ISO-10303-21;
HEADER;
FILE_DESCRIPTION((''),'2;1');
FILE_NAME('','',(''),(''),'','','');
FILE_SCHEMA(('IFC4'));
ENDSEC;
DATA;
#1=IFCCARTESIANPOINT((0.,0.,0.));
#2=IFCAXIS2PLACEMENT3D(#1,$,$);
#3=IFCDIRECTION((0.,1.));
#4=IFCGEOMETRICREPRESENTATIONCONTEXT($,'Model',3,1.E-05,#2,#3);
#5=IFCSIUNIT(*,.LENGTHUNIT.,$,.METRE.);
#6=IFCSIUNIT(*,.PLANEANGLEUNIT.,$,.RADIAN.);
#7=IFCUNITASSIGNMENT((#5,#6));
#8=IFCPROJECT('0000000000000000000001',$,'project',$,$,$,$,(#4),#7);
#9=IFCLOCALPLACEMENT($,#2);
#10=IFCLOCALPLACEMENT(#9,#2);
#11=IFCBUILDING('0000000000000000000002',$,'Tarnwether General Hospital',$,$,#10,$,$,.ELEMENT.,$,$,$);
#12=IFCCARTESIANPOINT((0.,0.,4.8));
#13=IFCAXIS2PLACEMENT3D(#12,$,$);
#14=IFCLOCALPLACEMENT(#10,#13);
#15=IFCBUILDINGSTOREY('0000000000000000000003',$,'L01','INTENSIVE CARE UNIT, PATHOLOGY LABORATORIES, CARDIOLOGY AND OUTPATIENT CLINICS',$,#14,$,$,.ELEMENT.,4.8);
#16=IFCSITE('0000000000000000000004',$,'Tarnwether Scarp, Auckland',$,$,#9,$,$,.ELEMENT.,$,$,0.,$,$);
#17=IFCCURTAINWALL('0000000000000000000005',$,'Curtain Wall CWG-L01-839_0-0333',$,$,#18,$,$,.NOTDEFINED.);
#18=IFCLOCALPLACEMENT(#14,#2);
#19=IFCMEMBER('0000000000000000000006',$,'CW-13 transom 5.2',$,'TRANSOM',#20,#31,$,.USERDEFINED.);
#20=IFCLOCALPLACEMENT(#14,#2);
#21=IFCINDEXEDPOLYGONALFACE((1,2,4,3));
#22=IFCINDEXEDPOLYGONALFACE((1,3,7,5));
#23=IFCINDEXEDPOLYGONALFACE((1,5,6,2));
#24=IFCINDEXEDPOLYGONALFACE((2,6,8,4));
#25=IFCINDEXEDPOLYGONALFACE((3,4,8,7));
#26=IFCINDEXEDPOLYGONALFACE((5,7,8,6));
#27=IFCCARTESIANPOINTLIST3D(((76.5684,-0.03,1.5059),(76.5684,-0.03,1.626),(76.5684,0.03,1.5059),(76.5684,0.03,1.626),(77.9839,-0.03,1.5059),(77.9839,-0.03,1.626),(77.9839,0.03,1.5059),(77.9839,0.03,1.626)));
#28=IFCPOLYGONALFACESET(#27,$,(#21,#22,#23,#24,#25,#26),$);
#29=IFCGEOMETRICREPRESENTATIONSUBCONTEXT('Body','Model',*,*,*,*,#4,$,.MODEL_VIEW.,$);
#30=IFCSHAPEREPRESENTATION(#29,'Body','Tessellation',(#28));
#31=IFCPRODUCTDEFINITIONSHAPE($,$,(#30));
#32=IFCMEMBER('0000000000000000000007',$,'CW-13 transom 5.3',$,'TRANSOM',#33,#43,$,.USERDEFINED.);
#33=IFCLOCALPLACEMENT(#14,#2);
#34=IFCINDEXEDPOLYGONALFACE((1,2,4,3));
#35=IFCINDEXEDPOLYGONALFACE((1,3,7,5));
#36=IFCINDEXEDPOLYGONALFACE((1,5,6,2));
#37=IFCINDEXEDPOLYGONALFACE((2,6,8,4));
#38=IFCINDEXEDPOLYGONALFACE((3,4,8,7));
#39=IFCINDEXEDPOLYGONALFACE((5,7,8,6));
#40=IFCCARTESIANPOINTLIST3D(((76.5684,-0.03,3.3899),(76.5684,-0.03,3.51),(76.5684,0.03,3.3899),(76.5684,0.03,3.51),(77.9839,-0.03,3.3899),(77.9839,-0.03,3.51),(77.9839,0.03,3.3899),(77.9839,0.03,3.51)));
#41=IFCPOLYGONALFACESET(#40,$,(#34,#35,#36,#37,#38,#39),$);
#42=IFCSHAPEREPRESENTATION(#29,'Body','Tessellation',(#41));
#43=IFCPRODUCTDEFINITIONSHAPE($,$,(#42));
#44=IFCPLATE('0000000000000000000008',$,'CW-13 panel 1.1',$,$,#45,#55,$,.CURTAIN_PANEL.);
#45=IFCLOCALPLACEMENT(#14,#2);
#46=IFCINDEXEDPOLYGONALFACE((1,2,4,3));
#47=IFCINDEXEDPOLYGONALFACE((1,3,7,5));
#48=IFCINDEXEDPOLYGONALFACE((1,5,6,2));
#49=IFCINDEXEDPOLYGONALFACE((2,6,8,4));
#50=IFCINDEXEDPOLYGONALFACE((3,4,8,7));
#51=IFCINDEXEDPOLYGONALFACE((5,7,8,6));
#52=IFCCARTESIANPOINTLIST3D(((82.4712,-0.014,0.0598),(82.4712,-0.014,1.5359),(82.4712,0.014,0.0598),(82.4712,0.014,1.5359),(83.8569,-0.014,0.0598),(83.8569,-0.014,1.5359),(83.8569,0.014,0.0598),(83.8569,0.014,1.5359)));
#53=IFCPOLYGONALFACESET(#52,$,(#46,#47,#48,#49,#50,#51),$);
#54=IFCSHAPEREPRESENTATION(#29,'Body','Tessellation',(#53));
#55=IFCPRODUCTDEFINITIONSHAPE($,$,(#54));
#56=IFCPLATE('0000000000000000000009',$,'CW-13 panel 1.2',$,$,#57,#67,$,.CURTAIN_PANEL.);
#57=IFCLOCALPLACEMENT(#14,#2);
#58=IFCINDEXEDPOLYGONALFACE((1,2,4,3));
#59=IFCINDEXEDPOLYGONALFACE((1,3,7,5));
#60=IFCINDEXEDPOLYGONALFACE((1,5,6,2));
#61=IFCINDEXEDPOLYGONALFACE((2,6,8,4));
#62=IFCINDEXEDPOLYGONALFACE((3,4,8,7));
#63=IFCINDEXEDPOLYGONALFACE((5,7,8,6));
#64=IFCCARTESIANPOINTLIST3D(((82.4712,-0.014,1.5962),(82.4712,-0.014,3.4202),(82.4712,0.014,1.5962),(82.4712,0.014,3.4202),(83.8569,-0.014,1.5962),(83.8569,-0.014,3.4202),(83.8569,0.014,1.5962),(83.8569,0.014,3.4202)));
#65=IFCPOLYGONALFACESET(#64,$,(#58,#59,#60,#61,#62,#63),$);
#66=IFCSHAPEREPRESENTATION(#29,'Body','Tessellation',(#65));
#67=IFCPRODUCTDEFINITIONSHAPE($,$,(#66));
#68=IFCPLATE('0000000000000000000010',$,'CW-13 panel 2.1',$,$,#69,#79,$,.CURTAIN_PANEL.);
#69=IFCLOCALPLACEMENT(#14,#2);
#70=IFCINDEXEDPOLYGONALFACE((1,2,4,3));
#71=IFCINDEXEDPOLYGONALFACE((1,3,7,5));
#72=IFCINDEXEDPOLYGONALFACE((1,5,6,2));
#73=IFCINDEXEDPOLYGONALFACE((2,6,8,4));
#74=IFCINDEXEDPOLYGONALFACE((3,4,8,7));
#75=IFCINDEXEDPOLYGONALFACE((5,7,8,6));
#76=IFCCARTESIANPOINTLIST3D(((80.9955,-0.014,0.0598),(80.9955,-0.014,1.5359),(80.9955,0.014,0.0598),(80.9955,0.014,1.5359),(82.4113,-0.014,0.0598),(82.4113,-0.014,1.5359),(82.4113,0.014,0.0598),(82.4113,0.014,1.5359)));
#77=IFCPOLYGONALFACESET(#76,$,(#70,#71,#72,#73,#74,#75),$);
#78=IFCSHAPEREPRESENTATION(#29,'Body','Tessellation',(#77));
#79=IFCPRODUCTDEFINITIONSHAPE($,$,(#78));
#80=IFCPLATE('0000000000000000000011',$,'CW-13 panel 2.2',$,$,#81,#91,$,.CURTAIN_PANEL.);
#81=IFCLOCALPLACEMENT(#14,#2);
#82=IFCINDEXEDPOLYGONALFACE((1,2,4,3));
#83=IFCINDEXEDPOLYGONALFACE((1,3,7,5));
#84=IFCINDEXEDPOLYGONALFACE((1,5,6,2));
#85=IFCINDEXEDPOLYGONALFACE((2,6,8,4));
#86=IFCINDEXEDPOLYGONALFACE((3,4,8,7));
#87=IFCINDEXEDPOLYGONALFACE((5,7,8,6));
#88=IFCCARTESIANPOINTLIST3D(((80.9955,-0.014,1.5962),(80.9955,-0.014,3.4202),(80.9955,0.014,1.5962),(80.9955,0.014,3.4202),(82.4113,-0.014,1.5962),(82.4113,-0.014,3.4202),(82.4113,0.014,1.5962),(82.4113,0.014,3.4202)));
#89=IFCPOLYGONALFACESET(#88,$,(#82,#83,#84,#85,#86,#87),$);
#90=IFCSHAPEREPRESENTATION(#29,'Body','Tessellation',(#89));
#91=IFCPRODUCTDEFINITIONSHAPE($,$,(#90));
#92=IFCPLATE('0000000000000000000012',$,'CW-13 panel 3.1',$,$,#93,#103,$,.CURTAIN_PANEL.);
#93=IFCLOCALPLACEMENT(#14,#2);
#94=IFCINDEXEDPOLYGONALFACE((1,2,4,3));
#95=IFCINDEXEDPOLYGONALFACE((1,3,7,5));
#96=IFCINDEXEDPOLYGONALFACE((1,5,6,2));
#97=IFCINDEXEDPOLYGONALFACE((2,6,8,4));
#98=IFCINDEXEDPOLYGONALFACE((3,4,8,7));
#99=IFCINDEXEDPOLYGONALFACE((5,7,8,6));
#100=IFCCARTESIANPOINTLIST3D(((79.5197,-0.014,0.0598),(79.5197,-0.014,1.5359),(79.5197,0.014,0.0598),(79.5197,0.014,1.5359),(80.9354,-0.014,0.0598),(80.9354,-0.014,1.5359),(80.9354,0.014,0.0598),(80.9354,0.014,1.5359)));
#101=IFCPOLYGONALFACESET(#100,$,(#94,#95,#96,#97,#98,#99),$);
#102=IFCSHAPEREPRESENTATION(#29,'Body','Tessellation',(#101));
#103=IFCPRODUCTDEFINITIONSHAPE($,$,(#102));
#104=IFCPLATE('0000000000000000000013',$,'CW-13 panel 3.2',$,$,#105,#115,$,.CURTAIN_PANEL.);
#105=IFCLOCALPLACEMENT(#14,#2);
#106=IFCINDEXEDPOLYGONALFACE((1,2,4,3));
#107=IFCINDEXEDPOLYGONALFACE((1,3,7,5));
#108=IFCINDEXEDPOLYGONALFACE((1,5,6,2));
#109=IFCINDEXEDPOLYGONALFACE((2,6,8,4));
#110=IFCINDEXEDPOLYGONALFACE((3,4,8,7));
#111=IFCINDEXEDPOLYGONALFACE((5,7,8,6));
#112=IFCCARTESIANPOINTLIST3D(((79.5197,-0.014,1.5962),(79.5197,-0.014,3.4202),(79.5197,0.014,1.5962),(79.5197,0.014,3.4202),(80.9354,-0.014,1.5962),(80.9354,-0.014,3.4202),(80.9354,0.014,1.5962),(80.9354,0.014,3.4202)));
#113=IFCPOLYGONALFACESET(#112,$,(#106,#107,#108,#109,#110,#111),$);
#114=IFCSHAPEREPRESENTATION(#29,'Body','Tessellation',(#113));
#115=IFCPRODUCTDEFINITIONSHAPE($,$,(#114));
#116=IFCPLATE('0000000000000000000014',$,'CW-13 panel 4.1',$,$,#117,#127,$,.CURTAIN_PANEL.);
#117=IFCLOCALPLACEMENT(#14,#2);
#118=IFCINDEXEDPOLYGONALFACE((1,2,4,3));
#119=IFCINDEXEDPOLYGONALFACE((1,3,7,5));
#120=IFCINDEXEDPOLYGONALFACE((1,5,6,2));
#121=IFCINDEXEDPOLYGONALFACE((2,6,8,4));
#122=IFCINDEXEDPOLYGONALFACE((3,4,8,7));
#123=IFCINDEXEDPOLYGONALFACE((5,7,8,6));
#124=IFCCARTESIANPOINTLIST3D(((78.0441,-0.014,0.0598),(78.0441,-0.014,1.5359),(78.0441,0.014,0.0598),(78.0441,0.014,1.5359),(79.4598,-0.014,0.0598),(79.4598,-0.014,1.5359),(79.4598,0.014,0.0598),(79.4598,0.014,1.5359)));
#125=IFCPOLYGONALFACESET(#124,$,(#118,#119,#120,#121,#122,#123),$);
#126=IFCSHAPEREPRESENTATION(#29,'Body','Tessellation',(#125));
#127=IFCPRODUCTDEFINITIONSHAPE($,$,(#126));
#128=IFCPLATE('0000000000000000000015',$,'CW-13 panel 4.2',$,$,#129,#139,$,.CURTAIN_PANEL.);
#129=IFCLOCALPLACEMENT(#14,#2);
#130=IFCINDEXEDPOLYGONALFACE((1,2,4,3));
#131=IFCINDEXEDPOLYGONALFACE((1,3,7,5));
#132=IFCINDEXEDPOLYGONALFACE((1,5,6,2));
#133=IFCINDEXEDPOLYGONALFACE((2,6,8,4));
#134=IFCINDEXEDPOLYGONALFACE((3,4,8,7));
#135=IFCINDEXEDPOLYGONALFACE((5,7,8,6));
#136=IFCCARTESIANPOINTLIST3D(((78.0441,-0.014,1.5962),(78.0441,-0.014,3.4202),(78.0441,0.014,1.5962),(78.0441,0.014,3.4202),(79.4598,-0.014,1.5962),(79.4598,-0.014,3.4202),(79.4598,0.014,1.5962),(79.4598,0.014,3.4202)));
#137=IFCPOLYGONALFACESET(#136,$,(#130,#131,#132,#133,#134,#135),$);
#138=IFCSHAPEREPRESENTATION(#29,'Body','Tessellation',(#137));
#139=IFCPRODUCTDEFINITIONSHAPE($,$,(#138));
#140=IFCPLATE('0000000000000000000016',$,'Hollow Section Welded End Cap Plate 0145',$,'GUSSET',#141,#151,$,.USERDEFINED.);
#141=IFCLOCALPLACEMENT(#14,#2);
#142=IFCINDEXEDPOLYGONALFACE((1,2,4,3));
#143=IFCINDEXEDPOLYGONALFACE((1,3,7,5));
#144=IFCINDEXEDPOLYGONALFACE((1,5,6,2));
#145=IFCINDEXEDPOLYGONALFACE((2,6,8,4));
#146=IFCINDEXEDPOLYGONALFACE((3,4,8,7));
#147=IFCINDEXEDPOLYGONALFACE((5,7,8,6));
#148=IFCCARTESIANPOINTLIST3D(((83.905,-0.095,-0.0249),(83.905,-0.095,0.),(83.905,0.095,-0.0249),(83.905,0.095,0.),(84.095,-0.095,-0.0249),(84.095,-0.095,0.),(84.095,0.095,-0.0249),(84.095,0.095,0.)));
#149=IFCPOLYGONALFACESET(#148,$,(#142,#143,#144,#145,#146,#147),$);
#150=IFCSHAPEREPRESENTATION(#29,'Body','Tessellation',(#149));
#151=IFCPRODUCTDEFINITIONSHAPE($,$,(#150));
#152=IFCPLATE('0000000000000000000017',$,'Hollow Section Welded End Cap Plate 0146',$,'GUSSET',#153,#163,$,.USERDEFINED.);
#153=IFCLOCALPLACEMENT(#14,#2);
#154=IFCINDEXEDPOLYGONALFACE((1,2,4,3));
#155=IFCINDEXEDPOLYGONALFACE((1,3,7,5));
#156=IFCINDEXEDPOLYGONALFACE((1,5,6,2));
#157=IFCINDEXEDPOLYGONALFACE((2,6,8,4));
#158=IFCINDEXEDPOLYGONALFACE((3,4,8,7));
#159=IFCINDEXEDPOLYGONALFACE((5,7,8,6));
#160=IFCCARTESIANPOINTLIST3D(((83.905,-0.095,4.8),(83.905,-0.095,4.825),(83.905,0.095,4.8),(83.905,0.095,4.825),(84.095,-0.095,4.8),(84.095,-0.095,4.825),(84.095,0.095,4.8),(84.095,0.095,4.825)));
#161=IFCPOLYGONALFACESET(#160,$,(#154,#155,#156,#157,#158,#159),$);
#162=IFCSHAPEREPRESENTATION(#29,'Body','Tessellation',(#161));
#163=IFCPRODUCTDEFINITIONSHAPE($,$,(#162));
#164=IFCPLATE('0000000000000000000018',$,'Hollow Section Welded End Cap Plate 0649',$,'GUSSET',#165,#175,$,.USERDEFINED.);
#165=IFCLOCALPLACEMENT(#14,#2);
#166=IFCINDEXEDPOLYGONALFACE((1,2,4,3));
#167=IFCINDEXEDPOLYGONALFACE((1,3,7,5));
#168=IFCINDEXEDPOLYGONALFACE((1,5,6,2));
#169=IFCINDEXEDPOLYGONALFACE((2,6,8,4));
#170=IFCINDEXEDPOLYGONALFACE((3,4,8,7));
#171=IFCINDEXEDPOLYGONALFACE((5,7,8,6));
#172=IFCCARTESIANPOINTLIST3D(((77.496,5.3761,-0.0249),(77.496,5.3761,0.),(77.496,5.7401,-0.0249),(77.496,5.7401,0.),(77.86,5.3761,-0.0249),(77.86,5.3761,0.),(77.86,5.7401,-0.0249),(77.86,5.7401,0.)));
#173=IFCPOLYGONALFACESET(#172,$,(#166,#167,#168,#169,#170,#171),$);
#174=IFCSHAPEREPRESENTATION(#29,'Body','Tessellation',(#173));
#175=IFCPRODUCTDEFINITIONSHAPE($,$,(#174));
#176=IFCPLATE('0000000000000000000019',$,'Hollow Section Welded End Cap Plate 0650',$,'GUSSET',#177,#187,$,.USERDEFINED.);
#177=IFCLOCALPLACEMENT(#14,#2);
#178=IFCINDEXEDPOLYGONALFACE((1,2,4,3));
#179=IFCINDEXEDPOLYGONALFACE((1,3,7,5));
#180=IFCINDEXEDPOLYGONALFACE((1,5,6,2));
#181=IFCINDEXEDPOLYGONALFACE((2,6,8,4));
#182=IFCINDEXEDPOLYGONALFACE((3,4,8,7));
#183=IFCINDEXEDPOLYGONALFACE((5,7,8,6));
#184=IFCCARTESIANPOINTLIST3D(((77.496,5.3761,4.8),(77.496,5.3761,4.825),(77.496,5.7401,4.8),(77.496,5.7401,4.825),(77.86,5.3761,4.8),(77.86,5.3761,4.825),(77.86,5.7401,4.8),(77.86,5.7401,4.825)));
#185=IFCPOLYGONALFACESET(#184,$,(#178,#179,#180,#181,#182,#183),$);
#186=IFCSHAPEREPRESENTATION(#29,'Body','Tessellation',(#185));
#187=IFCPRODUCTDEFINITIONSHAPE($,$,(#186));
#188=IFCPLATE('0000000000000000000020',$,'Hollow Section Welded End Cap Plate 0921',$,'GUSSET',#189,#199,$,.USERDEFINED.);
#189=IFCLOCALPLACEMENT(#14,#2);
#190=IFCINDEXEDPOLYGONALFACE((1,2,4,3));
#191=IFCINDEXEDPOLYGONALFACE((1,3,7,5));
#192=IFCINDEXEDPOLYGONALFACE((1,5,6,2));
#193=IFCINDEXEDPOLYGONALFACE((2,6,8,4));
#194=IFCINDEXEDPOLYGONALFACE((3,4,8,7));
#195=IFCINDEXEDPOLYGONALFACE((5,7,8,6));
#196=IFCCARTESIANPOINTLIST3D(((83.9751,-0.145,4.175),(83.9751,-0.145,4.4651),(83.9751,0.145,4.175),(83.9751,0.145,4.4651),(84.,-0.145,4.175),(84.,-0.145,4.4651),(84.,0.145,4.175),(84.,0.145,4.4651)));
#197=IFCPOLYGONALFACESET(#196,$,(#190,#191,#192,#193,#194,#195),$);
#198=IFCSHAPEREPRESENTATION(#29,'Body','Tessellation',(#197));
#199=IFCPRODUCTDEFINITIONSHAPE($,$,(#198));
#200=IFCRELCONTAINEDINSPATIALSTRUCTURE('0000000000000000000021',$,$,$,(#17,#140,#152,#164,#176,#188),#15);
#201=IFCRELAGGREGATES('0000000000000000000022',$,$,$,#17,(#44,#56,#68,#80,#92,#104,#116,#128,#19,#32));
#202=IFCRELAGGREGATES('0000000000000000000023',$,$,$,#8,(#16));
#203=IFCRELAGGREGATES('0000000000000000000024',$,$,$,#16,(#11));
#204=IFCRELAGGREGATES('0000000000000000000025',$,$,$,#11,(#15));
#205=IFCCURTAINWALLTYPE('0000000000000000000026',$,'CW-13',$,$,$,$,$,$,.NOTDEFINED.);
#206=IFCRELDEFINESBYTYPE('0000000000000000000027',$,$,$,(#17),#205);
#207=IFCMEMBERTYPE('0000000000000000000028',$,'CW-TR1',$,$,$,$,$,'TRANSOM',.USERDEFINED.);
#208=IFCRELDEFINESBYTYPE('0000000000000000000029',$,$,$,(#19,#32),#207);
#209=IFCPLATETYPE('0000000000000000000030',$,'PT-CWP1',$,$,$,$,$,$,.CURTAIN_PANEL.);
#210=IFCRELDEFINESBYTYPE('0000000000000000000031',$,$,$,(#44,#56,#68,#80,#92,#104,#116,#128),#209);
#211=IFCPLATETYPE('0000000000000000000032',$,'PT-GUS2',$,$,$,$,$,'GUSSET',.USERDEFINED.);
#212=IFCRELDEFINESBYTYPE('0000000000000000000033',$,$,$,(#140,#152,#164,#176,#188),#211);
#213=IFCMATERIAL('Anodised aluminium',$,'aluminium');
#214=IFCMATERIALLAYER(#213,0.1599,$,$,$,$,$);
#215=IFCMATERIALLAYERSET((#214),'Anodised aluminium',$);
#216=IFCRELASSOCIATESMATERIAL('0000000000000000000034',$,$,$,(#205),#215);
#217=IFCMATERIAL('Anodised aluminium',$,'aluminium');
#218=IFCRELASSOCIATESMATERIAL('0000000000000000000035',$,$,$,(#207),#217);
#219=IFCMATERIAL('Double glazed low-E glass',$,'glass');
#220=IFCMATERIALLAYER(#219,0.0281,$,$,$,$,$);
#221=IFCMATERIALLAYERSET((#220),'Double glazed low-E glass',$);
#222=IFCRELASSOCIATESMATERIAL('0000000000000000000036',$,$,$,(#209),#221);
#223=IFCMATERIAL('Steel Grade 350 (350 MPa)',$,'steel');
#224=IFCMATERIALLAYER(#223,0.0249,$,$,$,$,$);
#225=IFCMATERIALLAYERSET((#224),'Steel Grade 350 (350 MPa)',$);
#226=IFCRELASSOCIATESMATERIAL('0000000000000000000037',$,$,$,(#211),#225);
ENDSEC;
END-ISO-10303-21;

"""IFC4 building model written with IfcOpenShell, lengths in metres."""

from ifc_helpers import new_model, si_unit, direction, frame, origin, origin_2d, place, context, subcontext, project, spatial, rectangle, extrude, material, layer, layer_set, material_profile, profile_set, type_object, element, aggregate, save


model = new_model("IFC4")

# Units and contexts
model_context = context("Model", 3, precision=1e-05, world=origin(), true_north=direction((0.0, 1.0)))
body_context = subcontext(model_context, "Body", "Model", "MODEL_VIEW")
ifc_project = project(units=[si_unit("LENGTHUNIT", "METRE"), si_unit("PLANEANGLEUNIT", "RADIAN")], contexts=[model_context])

# Site, building, storey
site_placement = place(None, origin())
site = spatial("IfcSite", under=ifc_project, at=site_placement, Name="Tarnwether Scarp, Auckland", CompositionType="ELEMENT", RefElevation=0.0)
building_placement = place(site_placement, origin())
building = spatial("IfcBuilding", under=site, at=building_placement, Name="Tarnwether General Hospital", CompositionType="ELEMENT")
storey_placement = place(building_placement, frame((0.0, 0.0, 4.8)))
storey = spatial("IfcBuildingStorey", under=building, at=storey_placement, Name="L01", Description="INTENSIVE CARE UNIT, PATHOLOGY LABORATORIES, CARDIOLOGY AND OUTPATIENT CLINICS", CompositionType="ELEMENT", Elevation=4.8)

# Curtain wall, members, plates
ifc_material_1 = material(Name="Anodised aluminium", Category="aluminium")
ifc_layer_1 = layer(ifc_material_1, 0.1599)
ifc_layer_set_1 = layer_set([ifc_layer_1], Name="Anodised aluminium")
curtain_wall_type = type_object("IfcCurtainWallType", Name="CW-13", PredefinedType="NOTDEFINED", material=ifc_layer_set_1)
curtain_wall_placement = place(storey_placement, origin())
curtain_wall = element("IfcCurtainWall", 1, at=curtain_wall_placement, inside=storey, type_object=curtain_wall_type, Name="Curtain Wall CWG-L01-839_0-0333", PredefinedType="NOTDEFINED")
ifc_material_2 = material(Name="Anodised aluminium", Category="aluminium")
ifc_material_profile_1 = material_profile(ifc_material_2, rectangle(XDim=0.0601, YDim=0.1201, at=origin_2d()), Name="ALU-TRN-60x120")
ifc_profile_set_1 = profile_set([ifc_material_profile_1], Name="Anodised aluminium")
member_type_1 = type_object("IfcMemberType", Name="CW-TR1", ElementType="TRANSOM", PredefinedType="USERDEFINED", material=ifc_profile_set_1)
member_1_placement = place(storey_placement, frame((77.9839, 0.0, 1.5659), z_axis=(-1.0, 0.0, 0.0), x_axis=(0.0, -1.0, 0.0)))
member_1 = element("IfcMember", 2, at=member_1_placement, type_object=member_type_1, Name="CW-13 transom 5.2", ObjectType="TRANSOM", PredefinedType="USERDEFINED", context=body_context, shape_type="SweptSolid", body=[
    extrude(rectangle(XDim=0.0601, YDim=0.1201, at=origin_2d()), origin(), (0.0, 0.0, 1.0), 1.4155),
])
member_2_placement = place(storey_placement, frame((77.9839, 0.0, 3.45), z_axis=(-1.0, 0.0, 0.0), x_axis=(0.0, -1.0, 0.0)))
member_2 = element("IfcMember", 3, at=member_2_placement, type_object=member_type_1, Name="CW-13 transom 5.3", ObjectType="TRANSOM", PredefinedType="USERDEFINED", context=body_context, shape_type="SweptSolid", body=[
    extrude(rectangle(XDim=0.0601, YDim=0.1201, at=origin_2d()), origin(), (0.0, 0.0, 1.0), 1.4155),
])
ifc_material_3 = material(Name="Double glazed low-E glass", Category="glass")
ifc_layer_2 = layer(ifc_material_3, 0.0281)
ifc_layer_set_2 = layer_set([ifc_layer_2], Name="Double glazed low-E glass")
plate_type_1 = type_object("IfcPlateType", Name="PT-CWP1", PredefinedType="CURTAIN_PANEL", material=ifc_layer_set_2)
plate_1_placement = place(storey_placement, frame((83.1641, 0.0, 0.0598), z_axis=(0.0, 0.0, 1.0), x_axis=(-1.0, 0.0, 0.0)))
plate_1 = element("IfcPlate", 4, at=plate_1_placement, type_object=plate_type_1, Name="CW-13 panel 1.1", PredefinedType="CURTAIN_PANEL", context=body_context, shape_type="SweptSolid", body=[
    extrude(rectangle(XDim=1.3857, YDim=0.0281, at=origin_2d()), origin(), (0.0, 0.0, 1.0), 1.4761),
])
plate_2_placement = place(storey_placement, frame((83.1641, 0.0, 1.5962), z_axis=(0.0, 0.0, 1.0), x_axis=(-1.0, 0.0, 0.0)))
plate_2 = element("IfcPlate", 5, at=plate_2_placement, type_object=plate_type_1, Name="CW-13 panel 1.2", PredefinedType="CURTAIN_PANEL", context=body_context, shape_type="SweptSolid", body=[
    extrude(rectangle(XDim=1.3857, YDim=0.0281, at=origin_2d()), origin(), (0.0, 0.0, 1.0), 1.824),
])
plate_3_placement = place(storey_placement, frame((81.7034, 0.0, 0.0598), z_axis=(0.0, 0.0, 1.0), x_axis=(-1.0, 0.0, 0.0)))
plate_3 = element("IfcPlate", 6, at=plate_3_placement, type_object=plate_type_1, Name="CW-13 panel 2.1", PredefinedType="CURTAIN_PANEL", context=body_context, shape_type="SweptSolid", body=[
    extrude(rectangle(XDim=1.4158, YDim=0.0281, at=origin_2d()), origin(), (0.0, 0.0, 1.0), 1.4761),
])
plate_4_placement = place(storey_placement, frame((81.7034, 0.0, 1.5962), z_axis=(0.0, 0.0, 1.0), x_axis=(-1.0, 0.0, 0.0)))
plate_4 = element("IfcPlate", 7, at=plate_4_placement, type_object=plate_type_1, Name="CW-13 panel 2.2", PredefinedType="CURTAIN_PANEL", context=body_context, shape_type="SweptSolid", body=[
    extrude(rectangle(XDim=1.4158, YDim=0.0281, at=origin_2d()), origin(), (0.0, 0.0, 1.0), 1.824),
])
plate_5_placement = place(storey_placement, frame((80.2275, 0.0, 0.0598), z_axis=(0.0, 0.0, 1.0), x_axis=(-1.0, 0.0, 0.0)))
plate_5 = element("IfcPlate", 8, at=plate_5_placement, type_object=plate_type_1, Name="CW-13 panel 3.1", PredefinedType="CURTAIN_PANEL", context=body_context, shape_type="SweptSolid", body=[
    extrude(rectangle(XDim=1.4158, YDim=0.0281, at=origin_2d()), origin(), (0.0, 0.0, 1.0), 1.4761),
])
plate_6_placement = place(storey_placement, frame((80.2275, 0.0, 1.5962), z_axis=(0.0, 0.0, 1.0), x_axis=(-1.0, 0.0, 0.0)))
plate_6 = element("IfcPlate", 9, at=plate_6_placement, type_object=plate_type_1, Name="CW-13 panel 3.2", PredefinedType="CURTAIN_PANEL", context=body_context, shape_type="SweptSolid", body=[
    extrude(rectangle(XDim=1.4158, YDim=0.0281, at=origin_2d()), origin(), (0.0, 0.0, 1.0), 1.824),
])
plate_7_placement = place(storey_placement, frame((78.752, 0.0, 0.0598), z_axis=(0.0, 0.0, 1.0), x_axis=(-1.0, 0.0, 0.0)))
plate_7 = element("IfcPlate", 10, at=plate_7_placement, type_object=plate_type_1, Name="CW-13 panel 4.1", PredefinedType="CURTAIN_PANEL", context=body_context, shape_type="SweptSolid", body=[
    extrude(rectangle(XDim=1.4158, YDim=0.0281, at=origin_2d()), origin(), (0.0, 0.0, 1.0), 1.4761),
])
plate_8_placement = place(storey_placement, frame((78.752, 0.0, 1.5962), z_axis=(0.0, 0.0, 1.0), x_axis=(-1.0, 0.0, 0.0)))
plate_8 = element("IfcPlate", 11, at=plate_8_placement, type_object=plate_type_1, Name="CW-13 panel 4.2", PredefinedType="CURTAIN_PANEL", context=body_context, shape_type="SweptSolid", body=[
    extrude(rectangle(XDim=1.4158, YDim=0.0281, at=origin_2d()), origin(), (0.0, 0.0, 1.0), 1.824),
])
aggregate(curtain_wall, [plate_1, plate_2, plate_3, plate_4, plate_5, plate_6, plate_7, plate_8, member_1, member_2])

# Plates
ifc_material_4 = material(Name="Steel Grade 350 (350 MPa)", Category="steel")
ifc_layer_3 = layer(ifc_material_4, 0.0249)
ifc_layer_set_3 = layer_set([ifc_layer_3], Name="Steel Grade 350 (350 MPa)")
plate_type_2 = type_object("IfcPlateType", Name="PT-GUS2", ElementType="GUSSET", PredefinedType="USERDEFINED", material=ifc_layer_set_3)
for number, where, z_axis, x_axis, name in (
    (12, (84.0, 0.0, -0.0249), (0.0, 0.0, 1.0), (1.0, 0.0, 0.0), "Hollow Section Welded End Cap Plate 0145"),
    (13, (84.0, 0.0, 4.8), (0.0, 0.0, 1.0), (1.0, 0.0, 0.0), "Hollow Section Welded End Cap Plate 0146"),
):
    element("IfcPlate", number, at=place(storey_placement, frame(where, z_axis=z_axis, x_axis=x_axis)), inside=storey, type_object=plate_type_2, Name=name, ObjectType="GUSSET", PredefinedType="USERDEFINED", context=body_context, shape_type="SweptSolid", body=[
        extrude(rectangle(XDim=0.1899, YDim=0.1899, at=origin_2d()), origin(), (0.0, 0.0, 1.0), 0.0249),
    ])
for number, where, z_axis, x_axis, name in (
    (14, (77.678, 5.5581, -0.0249), (0.0, 0.0, 1.0), (1.0, 0.0, 0.0), "Hollow Section Welded End Cap Plate 0649"),
    (15, (77.678, 5.5581, 4.8), (0.0, 0.0, 1.0), (1.0, 0.0, 0.0), "Hollow Section Welded End Cap Plate 0650"),
):
    element("IfcPlate", number, at=place(storey_placement, frame(where, z_axis=z_axis, x_axis=x_axis)), inside=storey, type_object=plate_type_2, Name=name, ObjectType="GUSSET", PredefinedType="USERDEFINED", context=body_context, shape_type="SweptSolid", body=[
        extrude(rectangle(XDim=0.364, YDim=0.364, at=origin_2d()), origin(), (0.0, 0.0, 1.0), 0.0249),
    ])
plate_9_placement = place(storey_placement, frame((83.9875, 0.0, 4.175), z_axis=(0.0, 0.0, 1.0), x_axis=(1.0, 0.0, 0.0)))
element("IfcPlate", 16, at=plate_9_placement, inside=storey, type_object=plate_type_2, Name="Hollow Section Welded End Cap Plate 0921", ObjectType="GUSSET", PredefinedType="USERDEFINED", context=body_context, shape_type="SweptSolid", body=[
    extrude(rectangle(XDim=0.0249, YDim=0.29, at=origin_2d()), origin(), (0.0, 0.0, 1.0), 0.29),
])

save(model, "model.ifc")
